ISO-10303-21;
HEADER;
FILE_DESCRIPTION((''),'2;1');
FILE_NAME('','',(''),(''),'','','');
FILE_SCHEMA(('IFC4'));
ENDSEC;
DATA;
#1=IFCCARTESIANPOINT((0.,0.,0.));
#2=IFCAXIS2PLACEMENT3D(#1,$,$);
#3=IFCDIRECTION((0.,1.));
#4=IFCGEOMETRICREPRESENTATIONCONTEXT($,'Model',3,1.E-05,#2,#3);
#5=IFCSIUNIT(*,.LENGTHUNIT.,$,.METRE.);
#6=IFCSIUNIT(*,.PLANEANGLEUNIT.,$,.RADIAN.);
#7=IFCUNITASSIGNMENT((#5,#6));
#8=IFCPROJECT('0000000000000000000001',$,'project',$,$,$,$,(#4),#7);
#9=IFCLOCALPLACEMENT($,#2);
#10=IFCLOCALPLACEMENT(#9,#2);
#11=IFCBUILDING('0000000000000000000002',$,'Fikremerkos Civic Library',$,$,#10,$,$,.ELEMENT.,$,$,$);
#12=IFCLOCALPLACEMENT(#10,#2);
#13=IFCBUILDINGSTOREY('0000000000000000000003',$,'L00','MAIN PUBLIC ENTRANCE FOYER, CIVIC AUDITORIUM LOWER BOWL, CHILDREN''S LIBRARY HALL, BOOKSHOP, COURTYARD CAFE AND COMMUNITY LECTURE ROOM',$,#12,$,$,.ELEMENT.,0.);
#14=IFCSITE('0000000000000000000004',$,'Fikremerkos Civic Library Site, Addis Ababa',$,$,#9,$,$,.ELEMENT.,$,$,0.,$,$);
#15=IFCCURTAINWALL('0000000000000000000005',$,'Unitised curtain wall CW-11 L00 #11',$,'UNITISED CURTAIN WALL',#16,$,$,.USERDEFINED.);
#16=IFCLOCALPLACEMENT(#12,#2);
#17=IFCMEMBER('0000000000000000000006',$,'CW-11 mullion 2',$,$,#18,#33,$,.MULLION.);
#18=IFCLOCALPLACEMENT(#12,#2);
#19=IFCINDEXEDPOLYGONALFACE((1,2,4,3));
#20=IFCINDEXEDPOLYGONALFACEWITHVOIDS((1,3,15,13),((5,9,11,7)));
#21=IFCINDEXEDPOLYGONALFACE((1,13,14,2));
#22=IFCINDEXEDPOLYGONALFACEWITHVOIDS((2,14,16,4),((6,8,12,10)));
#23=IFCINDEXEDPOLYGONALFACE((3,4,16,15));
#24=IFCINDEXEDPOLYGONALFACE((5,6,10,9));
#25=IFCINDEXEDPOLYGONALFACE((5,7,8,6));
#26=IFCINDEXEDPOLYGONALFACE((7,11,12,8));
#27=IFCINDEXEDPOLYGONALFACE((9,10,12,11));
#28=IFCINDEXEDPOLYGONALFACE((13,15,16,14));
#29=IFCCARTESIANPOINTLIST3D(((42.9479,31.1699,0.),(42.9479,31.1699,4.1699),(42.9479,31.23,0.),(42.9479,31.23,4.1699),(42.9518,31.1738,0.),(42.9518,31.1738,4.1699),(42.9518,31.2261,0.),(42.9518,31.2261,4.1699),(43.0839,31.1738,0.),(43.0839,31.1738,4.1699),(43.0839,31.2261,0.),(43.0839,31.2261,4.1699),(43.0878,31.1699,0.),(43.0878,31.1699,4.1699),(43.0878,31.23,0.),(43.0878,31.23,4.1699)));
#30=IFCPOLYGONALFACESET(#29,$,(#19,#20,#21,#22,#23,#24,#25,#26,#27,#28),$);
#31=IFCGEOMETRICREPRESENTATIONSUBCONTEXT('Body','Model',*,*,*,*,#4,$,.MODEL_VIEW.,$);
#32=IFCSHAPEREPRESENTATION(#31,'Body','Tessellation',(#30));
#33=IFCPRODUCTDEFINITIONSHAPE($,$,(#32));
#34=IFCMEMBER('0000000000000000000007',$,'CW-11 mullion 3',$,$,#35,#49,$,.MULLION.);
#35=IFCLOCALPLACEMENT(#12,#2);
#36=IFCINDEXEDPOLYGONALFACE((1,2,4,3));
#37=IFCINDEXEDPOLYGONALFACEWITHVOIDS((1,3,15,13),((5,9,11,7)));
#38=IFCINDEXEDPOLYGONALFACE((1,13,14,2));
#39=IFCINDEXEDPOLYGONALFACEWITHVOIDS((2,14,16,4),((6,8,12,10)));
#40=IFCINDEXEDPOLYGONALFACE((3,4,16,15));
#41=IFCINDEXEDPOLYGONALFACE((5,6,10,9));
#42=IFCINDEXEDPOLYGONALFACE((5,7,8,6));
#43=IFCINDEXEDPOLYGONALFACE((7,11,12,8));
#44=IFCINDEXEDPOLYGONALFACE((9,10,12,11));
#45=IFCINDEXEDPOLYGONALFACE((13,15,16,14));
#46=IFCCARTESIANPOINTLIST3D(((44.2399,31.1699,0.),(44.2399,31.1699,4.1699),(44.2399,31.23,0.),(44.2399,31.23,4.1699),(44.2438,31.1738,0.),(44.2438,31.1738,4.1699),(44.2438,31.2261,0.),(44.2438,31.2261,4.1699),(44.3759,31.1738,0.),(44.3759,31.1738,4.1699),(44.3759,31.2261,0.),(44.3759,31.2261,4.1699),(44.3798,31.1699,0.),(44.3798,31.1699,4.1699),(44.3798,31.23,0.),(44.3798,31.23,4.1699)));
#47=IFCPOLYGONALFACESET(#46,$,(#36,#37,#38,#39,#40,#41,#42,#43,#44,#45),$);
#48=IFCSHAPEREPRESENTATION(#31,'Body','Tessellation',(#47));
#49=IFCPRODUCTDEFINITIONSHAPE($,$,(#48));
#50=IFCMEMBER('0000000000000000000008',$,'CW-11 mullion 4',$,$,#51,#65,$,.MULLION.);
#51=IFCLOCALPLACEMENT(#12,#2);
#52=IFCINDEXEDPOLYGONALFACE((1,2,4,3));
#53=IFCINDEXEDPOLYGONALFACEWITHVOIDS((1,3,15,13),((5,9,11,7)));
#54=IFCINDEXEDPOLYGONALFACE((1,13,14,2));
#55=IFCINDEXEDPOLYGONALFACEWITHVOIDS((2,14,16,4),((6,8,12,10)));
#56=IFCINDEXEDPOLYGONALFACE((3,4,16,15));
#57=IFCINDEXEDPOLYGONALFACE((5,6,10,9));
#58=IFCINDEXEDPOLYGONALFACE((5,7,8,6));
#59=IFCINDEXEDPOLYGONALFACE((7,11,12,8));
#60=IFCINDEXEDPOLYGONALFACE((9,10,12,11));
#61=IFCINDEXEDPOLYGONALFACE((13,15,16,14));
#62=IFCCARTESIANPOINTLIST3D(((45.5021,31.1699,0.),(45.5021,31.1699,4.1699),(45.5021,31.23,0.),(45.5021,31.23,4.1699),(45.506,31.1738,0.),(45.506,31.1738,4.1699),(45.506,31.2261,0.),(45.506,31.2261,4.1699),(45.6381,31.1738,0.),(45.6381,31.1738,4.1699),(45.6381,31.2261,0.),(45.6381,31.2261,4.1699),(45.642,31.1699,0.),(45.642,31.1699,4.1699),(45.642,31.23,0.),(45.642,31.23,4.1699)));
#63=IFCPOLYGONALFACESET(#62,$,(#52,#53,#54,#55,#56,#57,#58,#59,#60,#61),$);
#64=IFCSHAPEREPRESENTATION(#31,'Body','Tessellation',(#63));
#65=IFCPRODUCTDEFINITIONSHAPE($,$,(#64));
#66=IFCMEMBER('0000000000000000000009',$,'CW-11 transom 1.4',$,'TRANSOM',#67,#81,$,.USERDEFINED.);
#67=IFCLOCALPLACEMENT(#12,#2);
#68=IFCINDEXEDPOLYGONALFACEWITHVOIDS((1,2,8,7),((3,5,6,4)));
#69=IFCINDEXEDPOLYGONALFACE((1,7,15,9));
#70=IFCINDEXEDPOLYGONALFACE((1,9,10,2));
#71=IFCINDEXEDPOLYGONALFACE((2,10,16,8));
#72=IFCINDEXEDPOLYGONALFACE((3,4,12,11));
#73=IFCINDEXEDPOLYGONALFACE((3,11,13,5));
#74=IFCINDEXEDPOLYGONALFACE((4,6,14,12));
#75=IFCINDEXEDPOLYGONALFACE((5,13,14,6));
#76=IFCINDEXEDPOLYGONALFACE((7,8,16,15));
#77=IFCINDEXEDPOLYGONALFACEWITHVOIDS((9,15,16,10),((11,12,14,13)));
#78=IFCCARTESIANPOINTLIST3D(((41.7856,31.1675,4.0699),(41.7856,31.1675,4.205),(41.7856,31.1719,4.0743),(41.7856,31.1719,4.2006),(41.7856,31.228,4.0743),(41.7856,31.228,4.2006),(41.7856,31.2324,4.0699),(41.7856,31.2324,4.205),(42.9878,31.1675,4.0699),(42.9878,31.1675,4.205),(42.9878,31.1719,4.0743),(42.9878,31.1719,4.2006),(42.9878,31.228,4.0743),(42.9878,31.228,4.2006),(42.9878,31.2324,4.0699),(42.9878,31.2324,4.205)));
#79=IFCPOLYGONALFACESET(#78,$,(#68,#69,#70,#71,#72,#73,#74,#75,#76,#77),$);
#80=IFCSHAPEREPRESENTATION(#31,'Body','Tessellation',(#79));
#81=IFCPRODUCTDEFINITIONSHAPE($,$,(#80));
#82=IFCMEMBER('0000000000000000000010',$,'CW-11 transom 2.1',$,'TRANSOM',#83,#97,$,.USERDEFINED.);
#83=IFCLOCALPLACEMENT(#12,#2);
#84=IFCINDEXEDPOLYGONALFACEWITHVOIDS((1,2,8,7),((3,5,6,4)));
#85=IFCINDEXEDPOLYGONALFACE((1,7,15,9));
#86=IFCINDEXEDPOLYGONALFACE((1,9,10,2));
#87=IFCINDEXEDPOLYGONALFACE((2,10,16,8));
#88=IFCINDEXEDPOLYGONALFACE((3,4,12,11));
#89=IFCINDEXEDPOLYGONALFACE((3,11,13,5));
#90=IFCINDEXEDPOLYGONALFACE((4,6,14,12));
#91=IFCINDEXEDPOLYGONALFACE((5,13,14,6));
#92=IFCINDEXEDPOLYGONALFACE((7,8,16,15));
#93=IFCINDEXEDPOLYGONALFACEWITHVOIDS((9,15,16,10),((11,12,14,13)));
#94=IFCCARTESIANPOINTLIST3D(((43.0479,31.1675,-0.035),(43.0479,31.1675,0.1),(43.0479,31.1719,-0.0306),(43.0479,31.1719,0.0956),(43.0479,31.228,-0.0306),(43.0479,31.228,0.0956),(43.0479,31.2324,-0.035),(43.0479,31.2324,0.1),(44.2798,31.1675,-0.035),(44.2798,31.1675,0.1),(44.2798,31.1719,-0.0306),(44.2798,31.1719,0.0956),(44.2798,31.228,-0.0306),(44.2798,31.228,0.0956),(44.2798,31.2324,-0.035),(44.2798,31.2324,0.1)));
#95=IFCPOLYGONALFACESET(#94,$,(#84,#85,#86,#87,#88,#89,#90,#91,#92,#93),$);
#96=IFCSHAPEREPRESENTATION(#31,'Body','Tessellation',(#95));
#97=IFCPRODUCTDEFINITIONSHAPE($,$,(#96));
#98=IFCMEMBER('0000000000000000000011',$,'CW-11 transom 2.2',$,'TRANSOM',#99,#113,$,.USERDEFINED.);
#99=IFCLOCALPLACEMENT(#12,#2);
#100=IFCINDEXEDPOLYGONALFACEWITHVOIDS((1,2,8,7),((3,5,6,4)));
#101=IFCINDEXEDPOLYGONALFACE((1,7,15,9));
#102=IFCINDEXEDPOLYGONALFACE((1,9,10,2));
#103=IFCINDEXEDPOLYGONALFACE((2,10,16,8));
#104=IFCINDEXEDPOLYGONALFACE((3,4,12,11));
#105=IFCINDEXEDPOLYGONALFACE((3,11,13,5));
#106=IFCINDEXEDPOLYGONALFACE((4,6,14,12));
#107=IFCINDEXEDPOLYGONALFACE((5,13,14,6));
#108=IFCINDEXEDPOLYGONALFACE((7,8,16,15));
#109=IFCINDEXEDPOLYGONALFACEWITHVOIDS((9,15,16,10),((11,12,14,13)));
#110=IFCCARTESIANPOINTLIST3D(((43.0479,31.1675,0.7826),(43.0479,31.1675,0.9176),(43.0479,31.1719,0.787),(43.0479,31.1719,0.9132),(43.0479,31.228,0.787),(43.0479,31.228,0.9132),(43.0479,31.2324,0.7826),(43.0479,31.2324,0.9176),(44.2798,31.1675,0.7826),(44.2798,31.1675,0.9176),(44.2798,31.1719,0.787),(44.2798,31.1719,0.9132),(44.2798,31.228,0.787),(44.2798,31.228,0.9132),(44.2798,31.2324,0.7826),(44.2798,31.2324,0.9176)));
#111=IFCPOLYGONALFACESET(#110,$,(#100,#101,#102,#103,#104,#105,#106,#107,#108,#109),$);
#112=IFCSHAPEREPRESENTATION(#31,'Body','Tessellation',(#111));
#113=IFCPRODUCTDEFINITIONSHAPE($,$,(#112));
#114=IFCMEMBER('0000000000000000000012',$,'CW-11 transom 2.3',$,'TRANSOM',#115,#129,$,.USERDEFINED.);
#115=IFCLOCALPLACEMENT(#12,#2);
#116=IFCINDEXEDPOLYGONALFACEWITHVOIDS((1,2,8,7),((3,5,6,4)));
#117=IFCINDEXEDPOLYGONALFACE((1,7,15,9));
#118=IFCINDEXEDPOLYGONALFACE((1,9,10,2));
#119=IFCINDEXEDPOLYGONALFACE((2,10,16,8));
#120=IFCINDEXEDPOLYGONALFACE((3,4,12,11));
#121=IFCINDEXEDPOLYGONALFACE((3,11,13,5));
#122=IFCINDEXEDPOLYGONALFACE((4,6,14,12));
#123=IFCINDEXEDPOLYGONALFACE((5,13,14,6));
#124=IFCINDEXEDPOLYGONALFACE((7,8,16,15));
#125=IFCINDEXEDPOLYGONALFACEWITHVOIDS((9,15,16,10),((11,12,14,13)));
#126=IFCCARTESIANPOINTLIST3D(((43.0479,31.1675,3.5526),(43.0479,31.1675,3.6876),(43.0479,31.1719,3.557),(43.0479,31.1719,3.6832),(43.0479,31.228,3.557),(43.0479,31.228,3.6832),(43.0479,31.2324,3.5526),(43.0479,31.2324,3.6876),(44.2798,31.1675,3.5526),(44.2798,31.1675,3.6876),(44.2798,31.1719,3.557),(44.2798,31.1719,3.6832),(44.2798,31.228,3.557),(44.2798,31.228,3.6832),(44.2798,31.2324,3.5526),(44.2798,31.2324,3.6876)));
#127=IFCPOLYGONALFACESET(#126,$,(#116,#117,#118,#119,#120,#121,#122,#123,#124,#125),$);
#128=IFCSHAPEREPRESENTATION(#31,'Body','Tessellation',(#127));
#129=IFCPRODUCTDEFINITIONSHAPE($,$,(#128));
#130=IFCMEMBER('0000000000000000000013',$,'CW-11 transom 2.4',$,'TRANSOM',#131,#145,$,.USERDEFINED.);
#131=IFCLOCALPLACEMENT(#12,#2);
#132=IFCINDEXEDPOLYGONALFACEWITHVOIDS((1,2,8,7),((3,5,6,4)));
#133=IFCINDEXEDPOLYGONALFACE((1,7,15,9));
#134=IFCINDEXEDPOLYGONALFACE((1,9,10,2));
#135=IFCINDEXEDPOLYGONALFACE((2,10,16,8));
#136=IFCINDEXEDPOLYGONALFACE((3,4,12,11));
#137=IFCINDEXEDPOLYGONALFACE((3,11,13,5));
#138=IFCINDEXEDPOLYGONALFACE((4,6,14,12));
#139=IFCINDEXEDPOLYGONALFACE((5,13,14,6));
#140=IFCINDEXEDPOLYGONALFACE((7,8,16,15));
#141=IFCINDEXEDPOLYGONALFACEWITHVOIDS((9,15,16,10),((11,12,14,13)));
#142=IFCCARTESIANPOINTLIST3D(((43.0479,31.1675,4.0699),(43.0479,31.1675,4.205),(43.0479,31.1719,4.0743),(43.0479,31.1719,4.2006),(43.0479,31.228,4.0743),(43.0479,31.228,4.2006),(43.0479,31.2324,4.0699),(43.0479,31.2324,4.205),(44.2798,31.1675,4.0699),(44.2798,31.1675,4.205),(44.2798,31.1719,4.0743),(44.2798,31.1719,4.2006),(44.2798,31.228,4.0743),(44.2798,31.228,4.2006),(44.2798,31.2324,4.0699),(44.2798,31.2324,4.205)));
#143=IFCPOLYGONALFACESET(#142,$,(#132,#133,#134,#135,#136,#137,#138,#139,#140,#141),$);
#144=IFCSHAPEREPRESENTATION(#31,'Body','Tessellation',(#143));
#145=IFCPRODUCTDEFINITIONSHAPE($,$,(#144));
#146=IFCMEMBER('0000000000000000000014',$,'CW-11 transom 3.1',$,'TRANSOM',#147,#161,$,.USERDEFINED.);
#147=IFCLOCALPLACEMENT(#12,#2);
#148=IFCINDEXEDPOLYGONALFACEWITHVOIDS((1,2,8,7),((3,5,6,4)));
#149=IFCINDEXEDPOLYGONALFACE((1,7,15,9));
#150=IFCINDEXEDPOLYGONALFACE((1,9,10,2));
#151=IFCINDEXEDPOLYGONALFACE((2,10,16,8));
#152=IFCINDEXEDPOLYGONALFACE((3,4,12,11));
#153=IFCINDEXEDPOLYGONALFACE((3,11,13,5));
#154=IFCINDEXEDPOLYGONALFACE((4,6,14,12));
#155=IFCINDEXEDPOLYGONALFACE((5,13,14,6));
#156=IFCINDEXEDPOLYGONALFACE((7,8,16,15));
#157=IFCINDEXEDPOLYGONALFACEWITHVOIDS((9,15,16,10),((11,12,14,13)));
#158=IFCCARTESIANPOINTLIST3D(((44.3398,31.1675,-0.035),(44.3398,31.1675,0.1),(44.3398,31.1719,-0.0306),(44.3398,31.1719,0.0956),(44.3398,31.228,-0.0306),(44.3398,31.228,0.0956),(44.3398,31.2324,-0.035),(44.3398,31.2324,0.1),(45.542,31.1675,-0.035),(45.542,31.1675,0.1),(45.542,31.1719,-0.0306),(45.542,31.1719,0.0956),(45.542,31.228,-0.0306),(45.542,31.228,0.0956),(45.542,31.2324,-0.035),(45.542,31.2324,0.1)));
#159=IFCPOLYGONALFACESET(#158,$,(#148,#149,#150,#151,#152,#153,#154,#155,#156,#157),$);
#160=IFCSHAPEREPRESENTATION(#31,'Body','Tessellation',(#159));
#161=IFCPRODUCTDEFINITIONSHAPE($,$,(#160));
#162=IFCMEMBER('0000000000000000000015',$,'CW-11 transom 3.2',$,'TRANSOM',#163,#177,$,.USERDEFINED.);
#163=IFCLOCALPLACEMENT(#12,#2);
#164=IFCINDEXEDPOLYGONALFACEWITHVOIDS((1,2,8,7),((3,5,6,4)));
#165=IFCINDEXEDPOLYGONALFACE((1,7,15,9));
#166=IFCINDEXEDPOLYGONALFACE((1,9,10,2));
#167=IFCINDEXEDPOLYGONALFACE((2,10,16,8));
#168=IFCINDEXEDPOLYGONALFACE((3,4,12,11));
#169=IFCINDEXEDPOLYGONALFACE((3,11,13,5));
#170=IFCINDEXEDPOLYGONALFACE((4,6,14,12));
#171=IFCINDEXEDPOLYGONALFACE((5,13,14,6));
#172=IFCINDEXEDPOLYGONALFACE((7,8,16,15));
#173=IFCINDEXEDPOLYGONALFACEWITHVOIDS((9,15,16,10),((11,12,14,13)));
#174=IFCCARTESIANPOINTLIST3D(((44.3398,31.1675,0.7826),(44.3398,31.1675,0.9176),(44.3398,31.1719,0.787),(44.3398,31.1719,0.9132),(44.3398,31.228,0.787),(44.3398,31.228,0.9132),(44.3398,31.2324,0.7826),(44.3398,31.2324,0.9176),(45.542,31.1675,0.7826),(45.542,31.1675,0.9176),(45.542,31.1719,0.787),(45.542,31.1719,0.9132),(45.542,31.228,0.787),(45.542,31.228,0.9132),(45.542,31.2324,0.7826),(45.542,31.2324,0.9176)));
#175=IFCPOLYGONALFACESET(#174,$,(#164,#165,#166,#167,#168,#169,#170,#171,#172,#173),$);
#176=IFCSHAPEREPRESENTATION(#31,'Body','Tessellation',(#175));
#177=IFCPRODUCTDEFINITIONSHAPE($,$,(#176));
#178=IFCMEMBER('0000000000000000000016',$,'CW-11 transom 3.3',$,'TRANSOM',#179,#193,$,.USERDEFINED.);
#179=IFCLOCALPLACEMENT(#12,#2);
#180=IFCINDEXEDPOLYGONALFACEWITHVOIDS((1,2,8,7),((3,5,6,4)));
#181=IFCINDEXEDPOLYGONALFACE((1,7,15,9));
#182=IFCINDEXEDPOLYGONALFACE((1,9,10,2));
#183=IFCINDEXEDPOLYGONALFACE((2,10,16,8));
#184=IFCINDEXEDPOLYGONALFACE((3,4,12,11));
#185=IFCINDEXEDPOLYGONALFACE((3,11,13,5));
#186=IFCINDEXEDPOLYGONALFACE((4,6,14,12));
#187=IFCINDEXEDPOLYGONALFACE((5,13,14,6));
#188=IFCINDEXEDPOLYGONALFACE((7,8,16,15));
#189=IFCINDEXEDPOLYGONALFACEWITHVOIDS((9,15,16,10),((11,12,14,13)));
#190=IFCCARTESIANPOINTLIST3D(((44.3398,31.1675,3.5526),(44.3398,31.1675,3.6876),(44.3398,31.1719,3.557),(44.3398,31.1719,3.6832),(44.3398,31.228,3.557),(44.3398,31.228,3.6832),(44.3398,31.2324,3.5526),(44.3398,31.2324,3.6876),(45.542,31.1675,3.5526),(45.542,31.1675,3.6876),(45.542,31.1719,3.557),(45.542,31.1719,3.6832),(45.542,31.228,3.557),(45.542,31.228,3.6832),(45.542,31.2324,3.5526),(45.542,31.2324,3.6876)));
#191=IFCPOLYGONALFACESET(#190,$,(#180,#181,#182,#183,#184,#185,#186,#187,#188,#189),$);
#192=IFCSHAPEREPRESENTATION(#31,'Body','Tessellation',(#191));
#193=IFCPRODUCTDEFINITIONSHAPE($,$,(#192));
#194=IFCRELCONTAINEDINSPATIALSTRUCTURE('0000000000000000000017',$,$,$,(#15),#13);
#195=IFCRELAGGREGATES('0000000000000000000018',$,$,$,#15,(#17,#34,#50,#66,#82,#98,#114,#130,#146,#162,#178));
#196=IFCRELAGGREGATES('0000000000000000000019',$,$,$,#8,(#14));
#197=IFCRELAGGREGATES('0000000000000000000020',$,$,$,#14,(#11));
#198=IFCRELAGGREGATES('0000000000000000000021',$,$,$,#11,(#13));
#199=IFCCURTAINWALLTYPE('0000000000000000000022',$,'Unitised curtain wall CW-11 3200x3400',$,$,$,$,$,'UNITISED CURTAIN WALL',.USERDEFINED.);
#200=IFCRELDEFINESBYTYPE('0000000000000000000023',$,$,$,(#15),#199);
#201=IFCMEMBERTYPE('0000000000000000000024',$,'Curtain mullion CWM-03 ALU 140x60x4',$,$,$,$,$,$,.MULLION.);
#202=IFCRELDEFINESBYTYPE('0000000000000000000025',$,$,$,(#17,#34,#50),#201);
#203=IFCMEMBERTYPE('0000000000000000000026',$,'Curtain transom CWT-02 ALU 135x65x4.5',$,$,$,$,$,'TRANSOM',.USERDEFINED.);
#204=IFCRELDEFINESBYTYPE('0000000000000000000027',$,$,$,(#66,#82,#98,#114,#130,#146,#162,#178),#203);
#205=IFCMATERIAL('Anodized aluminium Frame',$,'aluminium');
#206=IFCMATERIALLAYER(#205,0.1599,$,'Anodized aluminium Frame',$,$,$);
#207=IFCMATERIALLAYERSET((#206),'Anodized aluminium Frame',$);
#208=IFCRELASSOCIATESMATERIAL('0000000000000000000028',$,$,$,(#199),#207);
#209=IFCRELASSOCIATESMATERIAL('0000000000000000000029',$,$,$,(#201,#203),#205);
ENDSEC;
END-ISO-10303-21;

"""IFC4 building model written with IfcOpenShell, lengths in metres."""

from ifc_helpers import new_model, si_unit, direction, frame, origin, origin_2d, place, context, subcontext, project, spatial, hollow_rectangle, extrude, material, layer, layer_set, material_profile, profile_set, type_object, element, aggregate, save


model = new_model("IFC4")

# Units and contexts
model_context = context("Model", 3, precision=1e-05, world=origin(), true_north=direction((0.0, 1.0)))
body_context = subcontext(model_context, "Body", "Model", "MODEL_VIEW")
ifc_project = project(units=[si_unit("LENGTHUNIT", "METRE"), si_unit("PLANEANGLEUNIT", "RADIAN")], contexts=[model_context])

# Site, building, storey
site_placement = place(None, origin())
site = spatial("IfcSite", under=ifc_project, at=site_placement, Name="Fikremerkos Civic Library Site, Addis Ababa", CompositionType="ELEMENT", RefElevation=0.0)
building_placement = place(site_placement, origin())
building = spatial("IfcBuilding", under=site, at=building_placement, Name="Fikremerkos Civic Library", CompositionType="ELEMENT")
storey_placement = place(building_placement, origin())
storey = spatial("IfcBuildingStorey", under=building, at=storey_placement, Name="L00", Description="MAIN PUBLIC ENTRANCE FOYER, CIVIC AUDITORIUM LOWER BOWL, CHILDREN'S LIBRARY HALL, BOOKSHOP, COURTYARD CAFE AND COMMUNITY LECTURE ROOM", CompositionType="ELEMENT", Elevation=0.0)

# Curtain wall, members
ifc_material_1 = material(Name="Anodized aluminium Frame", Category="aluminium")
ifc_layer_1 = layer(ifc_material_1, 0.1599, Name="Anodized aluminium Frame")
ifc_layer_set_1 = layer_set([ifc_layer_1], Name="Anodized aluminium Frame")
curtain_wall_type = type_object("IfcCurtainWallType", Name="Unitised curtain wall CW-11 3200x3400", ElementType="UNITISED CURTAIN WALL", PredefinedType="USERDEFINED", material=ifc_layer_set_1)
curtain_wall_placement = place(storey_placement, origin())
curtain_wall = element("IfcCurtainWall", 1, at=curtain_wall_placement, inside=storey, type_object=curtain_wall_type, Name="Unitised curtain wall CW-11 L00 #11", ObjectType="UNITISED CURTAIN WALL", PredefinedType="USERDEFINED")
ifc_material_profile_1 = material_profile(ifc_material_1, hollow_rectangle(XDim=0.0601, YDim=0.1399, WallThickness=0.0039, at=origin_2d()), Name="ALU 140x60x4")
ifc_profile_set_1 = profile_set([ifc_material_profile_1], Name="Anodized aluminium Frame")
member_type_1 = type_object("IfcMemberType", Name="Curtain mullion CWM-03 ALU 140x60x4", PredefinedType="MULLION", material=ifc_profile_set_1)
member_1_placement = place(storey_placement, frame((43.0178, 31.2, 0.0), z_axis=(0.0, 0.0, 1.0), x_axis=(0.0, 1.0, 0.0)))
member_1 = element("IfcMember", 2, at=member_1_placement, type_object=member_type_1, Name="CW-11 mullion 2", PredefinedType="MULLION", context=body_context, shape_type="SweptSolid", body=[
    extrude(hollow_rectangle(XDim=0.0601, YDim=0.1399, WallThickness=0.0039, at=origin_2d()), origin(), (0.0, 0.0, 1.0), 4.1699),
])
member_2_placement = place(storey_placement, frame((44.3098, 31.2, 0.0), z_axis=(0.0, 0.0, 1.0), x_axis=(0.0, 1.0, 0.0)))
member_2 = element("IfcMember", 3, at=member_2_placement, type_object=member_type_1, Name="CW-11 mullion 3", PredefinedType="MULLION", context=body_context, shape_type="SweptSolid", body=[
    extrude(hollow_rectangle(XDim=0.0601, YDim=0.1399, WallThickness=0.0039, at=origin_2d()), origin(), (0.0, 0.0, 1.0), 4.1699),
])
member_3_placement = place(storey_placement, frame((45.572, 31.2, 0.0), z_axis=(0.0, 0.0, 1.0), x_axis=(0.0, 1.0, 0.0)))
member_3 = element("IfcMember", 4, at=member_3_placement, type_object=member_type_1, Name="CW-11 mullion 4", PredefinedType="MULLION", context=body_context, shape_type="SweptSolid", body=[
    extrude(hollow_rectangle(XDim=0.0601, YDim=0.1399, WallThickness=0.0039, at=origin_2d()), origin(), (0.0, 0.0, 1.0), 4.1699),
])
ifc_material_profile_2 = material_profile(ifc_material_1, hollow_rectangle(XDim=0.0649, YDim=0.135, WallThickness=0.0044, at=origin_2d()), Name="ALU 135x65x4.5")
ifc_profile_set_2 = profile_set([ifc_material_profile_2], Name="Anodized aluminium Frame")
member_type_2 = type_object("IfcMemberType", Name="Curtain transom CWT-02 ALU 135x65x4.5", ElementType="TRANSOM", PredefinedType="USERDEFINED", material=ifc_profile_set_2)
member_4_placement = place(storey_placement, frame((41.7856, 31.2, 4.1375), z_axis=(1.0, 0.0, 0.0), x_axis=(0.0, 1.0, 0.0)))
member_4 = element("IfcMember", 5, at=member_4_placement, type_object=member_type_2, Name="CW-11 transom 1.4", ObjectType="TRANSOM", PredefinedType="USERDEFINED", context=body_context, shape_type="SweptSolid", body=[
    extrude(hollow_rectangle(XDim=0.0649, YDim=0.135, WallThickness=0.0044, at=origin_2d()), origin(), (0.0, 0.0, 1.0), 1.2021),
])
member_5_placement = place(storey_placement, frame((43.0479, 31.2, 0.0325), z_axis=(1.0, 0.0, 0.0), x_axis=(0.0, 1.0, 0.0)))
member_5 = element("IfcMember", 6, at=member_5_placement, type_object=member_type_2, Name="CW-11 transom 2.1", ObjectType="TRANSOM", PredefinedType="USERDEFINED", context=body_context, shape_type="SweptSolid", body=[
    extrude(hollow_rectangle(XDim=0.0649, YDim=0.135, WallThickness=0.0044, at=origin_2d()), origin(), (0.0, 0.0, 1.0), 1.2319),
])
member_6_placement = place(storey_placement, frame((43.0479, 31.2, 0.8501), z_axis=(1.0, 0.0, 0.0), x_axis=(0.0, 1.0, 0.0)))
member_6 = element("IfcMember", 7, at=member_6_placement, type_object=member_type_2, Name="CW-11 transom 2.2", ObjectType="TRANSOM", PredefinedType="USERDEFINED", context=body_context, shape_type="SweptSolid", body=[
    extrude(hollow_rectangle(XDim=0.0649, YDim=0.135, WallThickness=0.0044, at=origin_2d()), origin(), (0.0, 0.0, 1.0), 1.2319),
])
member_7_placement = place(storey_placement, frame((43.0479, 31.2, 3.6201), z_axis=(1.0, 0.0, 0.0), x_axis=(0.0, 1.0, 0.0)))
member_7 = element("IfcMember", 8, at=member_7_placement, type_object=member_type_2, Name="CW-11 transom 2.3", ObjectType="TRANSOM", PredefinedType="USERDEFINED", context=body_context, shape_type="SweptSolid", body=[
    extrude(hollow_rectangle(XDim=0.0649, YDim=0.135, WallThickness=0.0044, at=origin_2d()), origin(), (0.0, 0.0, 1.0), 1.2319),
])
member_8_placement = place(storey_placement, frame((43.0479, 31.2, 4.1375), z_axis=(1.0, 0.0, 0.0), x_axis=(0.0, 1.0, 0.0)))
member_8 = element("IfcMember", 9, at=member_8_placement, type_object=member_type_2, Name="CW-11 transom 2.4", ObjectType="TRANSOM", PredefinedType="USERDEFINED", context=body_context, shape_type="SweptSolid", body=[
    extrude(hollow_rectangle(XDim=0.0649, YDim=0.135, WallThickness=0.0044, at=origin_2d()), origin(), (0.0, 0.0, 1.0), 1.2319),
])
member_9_placement = place(storey_placement, frame((44.3398, 31.2, 0.0325), z_axis=(1.0, 0.0, 0.0), x_axis=(0.0, 1.0, 0.0)))
member_9 = element("IfcMember", 10, at=member_9_placement, type_object=member_type_2, Name="CW-11 transom 3.1", ObjectType="TRANSOM", PredefinedType="USERDEFINED", context=body_context, shape_type="SweptSolid", body=[
    extrude(hollow_rectangle(XDim=0.0649, YDim=0.135, WallThickness=0.0044, at=origin_2d()), origin(), (0.0, 0.0, 1.0), 1.2021),
])
member_10_placement = place(storey_placement, frame((44.3398, 31.2, 0.8501), z_axis=(1.0, 0.0, 0.0), x_axis=(0.0, 1.0, 0.0)))
member_10 = element("IfcMember", 11, at=member_10_placement, type_object=member_type_2, Name="CW-11 transom 3.2", ObjectType="TRANSOM", PredefinedType="USERDEFINED", context=body_context, shape_type="SweptSolid", body=[
    extrude(hollow_rectangle(XDim=0.0649, YDim=0.135, WallThickness=0.0044, at=origin_2d()), origin(), (0.0, 0.0, 1.0), 1.2021),
])
member_11_placement = place(storey_placement, frame((44.3398, 31.2, 3.6201), z_axis=(1.0, 0.0, 0.0), x_axis=(0.0, 1.0, 0.0)))
member_11 = element("IfcMember", 12, at=member_11_placement, type_object=member_type_2, Name="CW-11 transom 3.3", ObjectType="TRANSOM", PredefinedType="USERDEFINED", context=body_context, shape_type="SweptSolid", body=[
    extrude(hollow_rectangle(XDim=0.0649, YDim=0.135, WallThickness=0.0044, at=origin_2d()), origin(), (0.0, 0.0, 1.0), 1.2021),
])
aggregate(curtain_wall, [member_1, member_2, member_3, member_4, member_5, member_6, member_7, member_8, member_9, member_10, member_11])

save(model, "model.ifc")
